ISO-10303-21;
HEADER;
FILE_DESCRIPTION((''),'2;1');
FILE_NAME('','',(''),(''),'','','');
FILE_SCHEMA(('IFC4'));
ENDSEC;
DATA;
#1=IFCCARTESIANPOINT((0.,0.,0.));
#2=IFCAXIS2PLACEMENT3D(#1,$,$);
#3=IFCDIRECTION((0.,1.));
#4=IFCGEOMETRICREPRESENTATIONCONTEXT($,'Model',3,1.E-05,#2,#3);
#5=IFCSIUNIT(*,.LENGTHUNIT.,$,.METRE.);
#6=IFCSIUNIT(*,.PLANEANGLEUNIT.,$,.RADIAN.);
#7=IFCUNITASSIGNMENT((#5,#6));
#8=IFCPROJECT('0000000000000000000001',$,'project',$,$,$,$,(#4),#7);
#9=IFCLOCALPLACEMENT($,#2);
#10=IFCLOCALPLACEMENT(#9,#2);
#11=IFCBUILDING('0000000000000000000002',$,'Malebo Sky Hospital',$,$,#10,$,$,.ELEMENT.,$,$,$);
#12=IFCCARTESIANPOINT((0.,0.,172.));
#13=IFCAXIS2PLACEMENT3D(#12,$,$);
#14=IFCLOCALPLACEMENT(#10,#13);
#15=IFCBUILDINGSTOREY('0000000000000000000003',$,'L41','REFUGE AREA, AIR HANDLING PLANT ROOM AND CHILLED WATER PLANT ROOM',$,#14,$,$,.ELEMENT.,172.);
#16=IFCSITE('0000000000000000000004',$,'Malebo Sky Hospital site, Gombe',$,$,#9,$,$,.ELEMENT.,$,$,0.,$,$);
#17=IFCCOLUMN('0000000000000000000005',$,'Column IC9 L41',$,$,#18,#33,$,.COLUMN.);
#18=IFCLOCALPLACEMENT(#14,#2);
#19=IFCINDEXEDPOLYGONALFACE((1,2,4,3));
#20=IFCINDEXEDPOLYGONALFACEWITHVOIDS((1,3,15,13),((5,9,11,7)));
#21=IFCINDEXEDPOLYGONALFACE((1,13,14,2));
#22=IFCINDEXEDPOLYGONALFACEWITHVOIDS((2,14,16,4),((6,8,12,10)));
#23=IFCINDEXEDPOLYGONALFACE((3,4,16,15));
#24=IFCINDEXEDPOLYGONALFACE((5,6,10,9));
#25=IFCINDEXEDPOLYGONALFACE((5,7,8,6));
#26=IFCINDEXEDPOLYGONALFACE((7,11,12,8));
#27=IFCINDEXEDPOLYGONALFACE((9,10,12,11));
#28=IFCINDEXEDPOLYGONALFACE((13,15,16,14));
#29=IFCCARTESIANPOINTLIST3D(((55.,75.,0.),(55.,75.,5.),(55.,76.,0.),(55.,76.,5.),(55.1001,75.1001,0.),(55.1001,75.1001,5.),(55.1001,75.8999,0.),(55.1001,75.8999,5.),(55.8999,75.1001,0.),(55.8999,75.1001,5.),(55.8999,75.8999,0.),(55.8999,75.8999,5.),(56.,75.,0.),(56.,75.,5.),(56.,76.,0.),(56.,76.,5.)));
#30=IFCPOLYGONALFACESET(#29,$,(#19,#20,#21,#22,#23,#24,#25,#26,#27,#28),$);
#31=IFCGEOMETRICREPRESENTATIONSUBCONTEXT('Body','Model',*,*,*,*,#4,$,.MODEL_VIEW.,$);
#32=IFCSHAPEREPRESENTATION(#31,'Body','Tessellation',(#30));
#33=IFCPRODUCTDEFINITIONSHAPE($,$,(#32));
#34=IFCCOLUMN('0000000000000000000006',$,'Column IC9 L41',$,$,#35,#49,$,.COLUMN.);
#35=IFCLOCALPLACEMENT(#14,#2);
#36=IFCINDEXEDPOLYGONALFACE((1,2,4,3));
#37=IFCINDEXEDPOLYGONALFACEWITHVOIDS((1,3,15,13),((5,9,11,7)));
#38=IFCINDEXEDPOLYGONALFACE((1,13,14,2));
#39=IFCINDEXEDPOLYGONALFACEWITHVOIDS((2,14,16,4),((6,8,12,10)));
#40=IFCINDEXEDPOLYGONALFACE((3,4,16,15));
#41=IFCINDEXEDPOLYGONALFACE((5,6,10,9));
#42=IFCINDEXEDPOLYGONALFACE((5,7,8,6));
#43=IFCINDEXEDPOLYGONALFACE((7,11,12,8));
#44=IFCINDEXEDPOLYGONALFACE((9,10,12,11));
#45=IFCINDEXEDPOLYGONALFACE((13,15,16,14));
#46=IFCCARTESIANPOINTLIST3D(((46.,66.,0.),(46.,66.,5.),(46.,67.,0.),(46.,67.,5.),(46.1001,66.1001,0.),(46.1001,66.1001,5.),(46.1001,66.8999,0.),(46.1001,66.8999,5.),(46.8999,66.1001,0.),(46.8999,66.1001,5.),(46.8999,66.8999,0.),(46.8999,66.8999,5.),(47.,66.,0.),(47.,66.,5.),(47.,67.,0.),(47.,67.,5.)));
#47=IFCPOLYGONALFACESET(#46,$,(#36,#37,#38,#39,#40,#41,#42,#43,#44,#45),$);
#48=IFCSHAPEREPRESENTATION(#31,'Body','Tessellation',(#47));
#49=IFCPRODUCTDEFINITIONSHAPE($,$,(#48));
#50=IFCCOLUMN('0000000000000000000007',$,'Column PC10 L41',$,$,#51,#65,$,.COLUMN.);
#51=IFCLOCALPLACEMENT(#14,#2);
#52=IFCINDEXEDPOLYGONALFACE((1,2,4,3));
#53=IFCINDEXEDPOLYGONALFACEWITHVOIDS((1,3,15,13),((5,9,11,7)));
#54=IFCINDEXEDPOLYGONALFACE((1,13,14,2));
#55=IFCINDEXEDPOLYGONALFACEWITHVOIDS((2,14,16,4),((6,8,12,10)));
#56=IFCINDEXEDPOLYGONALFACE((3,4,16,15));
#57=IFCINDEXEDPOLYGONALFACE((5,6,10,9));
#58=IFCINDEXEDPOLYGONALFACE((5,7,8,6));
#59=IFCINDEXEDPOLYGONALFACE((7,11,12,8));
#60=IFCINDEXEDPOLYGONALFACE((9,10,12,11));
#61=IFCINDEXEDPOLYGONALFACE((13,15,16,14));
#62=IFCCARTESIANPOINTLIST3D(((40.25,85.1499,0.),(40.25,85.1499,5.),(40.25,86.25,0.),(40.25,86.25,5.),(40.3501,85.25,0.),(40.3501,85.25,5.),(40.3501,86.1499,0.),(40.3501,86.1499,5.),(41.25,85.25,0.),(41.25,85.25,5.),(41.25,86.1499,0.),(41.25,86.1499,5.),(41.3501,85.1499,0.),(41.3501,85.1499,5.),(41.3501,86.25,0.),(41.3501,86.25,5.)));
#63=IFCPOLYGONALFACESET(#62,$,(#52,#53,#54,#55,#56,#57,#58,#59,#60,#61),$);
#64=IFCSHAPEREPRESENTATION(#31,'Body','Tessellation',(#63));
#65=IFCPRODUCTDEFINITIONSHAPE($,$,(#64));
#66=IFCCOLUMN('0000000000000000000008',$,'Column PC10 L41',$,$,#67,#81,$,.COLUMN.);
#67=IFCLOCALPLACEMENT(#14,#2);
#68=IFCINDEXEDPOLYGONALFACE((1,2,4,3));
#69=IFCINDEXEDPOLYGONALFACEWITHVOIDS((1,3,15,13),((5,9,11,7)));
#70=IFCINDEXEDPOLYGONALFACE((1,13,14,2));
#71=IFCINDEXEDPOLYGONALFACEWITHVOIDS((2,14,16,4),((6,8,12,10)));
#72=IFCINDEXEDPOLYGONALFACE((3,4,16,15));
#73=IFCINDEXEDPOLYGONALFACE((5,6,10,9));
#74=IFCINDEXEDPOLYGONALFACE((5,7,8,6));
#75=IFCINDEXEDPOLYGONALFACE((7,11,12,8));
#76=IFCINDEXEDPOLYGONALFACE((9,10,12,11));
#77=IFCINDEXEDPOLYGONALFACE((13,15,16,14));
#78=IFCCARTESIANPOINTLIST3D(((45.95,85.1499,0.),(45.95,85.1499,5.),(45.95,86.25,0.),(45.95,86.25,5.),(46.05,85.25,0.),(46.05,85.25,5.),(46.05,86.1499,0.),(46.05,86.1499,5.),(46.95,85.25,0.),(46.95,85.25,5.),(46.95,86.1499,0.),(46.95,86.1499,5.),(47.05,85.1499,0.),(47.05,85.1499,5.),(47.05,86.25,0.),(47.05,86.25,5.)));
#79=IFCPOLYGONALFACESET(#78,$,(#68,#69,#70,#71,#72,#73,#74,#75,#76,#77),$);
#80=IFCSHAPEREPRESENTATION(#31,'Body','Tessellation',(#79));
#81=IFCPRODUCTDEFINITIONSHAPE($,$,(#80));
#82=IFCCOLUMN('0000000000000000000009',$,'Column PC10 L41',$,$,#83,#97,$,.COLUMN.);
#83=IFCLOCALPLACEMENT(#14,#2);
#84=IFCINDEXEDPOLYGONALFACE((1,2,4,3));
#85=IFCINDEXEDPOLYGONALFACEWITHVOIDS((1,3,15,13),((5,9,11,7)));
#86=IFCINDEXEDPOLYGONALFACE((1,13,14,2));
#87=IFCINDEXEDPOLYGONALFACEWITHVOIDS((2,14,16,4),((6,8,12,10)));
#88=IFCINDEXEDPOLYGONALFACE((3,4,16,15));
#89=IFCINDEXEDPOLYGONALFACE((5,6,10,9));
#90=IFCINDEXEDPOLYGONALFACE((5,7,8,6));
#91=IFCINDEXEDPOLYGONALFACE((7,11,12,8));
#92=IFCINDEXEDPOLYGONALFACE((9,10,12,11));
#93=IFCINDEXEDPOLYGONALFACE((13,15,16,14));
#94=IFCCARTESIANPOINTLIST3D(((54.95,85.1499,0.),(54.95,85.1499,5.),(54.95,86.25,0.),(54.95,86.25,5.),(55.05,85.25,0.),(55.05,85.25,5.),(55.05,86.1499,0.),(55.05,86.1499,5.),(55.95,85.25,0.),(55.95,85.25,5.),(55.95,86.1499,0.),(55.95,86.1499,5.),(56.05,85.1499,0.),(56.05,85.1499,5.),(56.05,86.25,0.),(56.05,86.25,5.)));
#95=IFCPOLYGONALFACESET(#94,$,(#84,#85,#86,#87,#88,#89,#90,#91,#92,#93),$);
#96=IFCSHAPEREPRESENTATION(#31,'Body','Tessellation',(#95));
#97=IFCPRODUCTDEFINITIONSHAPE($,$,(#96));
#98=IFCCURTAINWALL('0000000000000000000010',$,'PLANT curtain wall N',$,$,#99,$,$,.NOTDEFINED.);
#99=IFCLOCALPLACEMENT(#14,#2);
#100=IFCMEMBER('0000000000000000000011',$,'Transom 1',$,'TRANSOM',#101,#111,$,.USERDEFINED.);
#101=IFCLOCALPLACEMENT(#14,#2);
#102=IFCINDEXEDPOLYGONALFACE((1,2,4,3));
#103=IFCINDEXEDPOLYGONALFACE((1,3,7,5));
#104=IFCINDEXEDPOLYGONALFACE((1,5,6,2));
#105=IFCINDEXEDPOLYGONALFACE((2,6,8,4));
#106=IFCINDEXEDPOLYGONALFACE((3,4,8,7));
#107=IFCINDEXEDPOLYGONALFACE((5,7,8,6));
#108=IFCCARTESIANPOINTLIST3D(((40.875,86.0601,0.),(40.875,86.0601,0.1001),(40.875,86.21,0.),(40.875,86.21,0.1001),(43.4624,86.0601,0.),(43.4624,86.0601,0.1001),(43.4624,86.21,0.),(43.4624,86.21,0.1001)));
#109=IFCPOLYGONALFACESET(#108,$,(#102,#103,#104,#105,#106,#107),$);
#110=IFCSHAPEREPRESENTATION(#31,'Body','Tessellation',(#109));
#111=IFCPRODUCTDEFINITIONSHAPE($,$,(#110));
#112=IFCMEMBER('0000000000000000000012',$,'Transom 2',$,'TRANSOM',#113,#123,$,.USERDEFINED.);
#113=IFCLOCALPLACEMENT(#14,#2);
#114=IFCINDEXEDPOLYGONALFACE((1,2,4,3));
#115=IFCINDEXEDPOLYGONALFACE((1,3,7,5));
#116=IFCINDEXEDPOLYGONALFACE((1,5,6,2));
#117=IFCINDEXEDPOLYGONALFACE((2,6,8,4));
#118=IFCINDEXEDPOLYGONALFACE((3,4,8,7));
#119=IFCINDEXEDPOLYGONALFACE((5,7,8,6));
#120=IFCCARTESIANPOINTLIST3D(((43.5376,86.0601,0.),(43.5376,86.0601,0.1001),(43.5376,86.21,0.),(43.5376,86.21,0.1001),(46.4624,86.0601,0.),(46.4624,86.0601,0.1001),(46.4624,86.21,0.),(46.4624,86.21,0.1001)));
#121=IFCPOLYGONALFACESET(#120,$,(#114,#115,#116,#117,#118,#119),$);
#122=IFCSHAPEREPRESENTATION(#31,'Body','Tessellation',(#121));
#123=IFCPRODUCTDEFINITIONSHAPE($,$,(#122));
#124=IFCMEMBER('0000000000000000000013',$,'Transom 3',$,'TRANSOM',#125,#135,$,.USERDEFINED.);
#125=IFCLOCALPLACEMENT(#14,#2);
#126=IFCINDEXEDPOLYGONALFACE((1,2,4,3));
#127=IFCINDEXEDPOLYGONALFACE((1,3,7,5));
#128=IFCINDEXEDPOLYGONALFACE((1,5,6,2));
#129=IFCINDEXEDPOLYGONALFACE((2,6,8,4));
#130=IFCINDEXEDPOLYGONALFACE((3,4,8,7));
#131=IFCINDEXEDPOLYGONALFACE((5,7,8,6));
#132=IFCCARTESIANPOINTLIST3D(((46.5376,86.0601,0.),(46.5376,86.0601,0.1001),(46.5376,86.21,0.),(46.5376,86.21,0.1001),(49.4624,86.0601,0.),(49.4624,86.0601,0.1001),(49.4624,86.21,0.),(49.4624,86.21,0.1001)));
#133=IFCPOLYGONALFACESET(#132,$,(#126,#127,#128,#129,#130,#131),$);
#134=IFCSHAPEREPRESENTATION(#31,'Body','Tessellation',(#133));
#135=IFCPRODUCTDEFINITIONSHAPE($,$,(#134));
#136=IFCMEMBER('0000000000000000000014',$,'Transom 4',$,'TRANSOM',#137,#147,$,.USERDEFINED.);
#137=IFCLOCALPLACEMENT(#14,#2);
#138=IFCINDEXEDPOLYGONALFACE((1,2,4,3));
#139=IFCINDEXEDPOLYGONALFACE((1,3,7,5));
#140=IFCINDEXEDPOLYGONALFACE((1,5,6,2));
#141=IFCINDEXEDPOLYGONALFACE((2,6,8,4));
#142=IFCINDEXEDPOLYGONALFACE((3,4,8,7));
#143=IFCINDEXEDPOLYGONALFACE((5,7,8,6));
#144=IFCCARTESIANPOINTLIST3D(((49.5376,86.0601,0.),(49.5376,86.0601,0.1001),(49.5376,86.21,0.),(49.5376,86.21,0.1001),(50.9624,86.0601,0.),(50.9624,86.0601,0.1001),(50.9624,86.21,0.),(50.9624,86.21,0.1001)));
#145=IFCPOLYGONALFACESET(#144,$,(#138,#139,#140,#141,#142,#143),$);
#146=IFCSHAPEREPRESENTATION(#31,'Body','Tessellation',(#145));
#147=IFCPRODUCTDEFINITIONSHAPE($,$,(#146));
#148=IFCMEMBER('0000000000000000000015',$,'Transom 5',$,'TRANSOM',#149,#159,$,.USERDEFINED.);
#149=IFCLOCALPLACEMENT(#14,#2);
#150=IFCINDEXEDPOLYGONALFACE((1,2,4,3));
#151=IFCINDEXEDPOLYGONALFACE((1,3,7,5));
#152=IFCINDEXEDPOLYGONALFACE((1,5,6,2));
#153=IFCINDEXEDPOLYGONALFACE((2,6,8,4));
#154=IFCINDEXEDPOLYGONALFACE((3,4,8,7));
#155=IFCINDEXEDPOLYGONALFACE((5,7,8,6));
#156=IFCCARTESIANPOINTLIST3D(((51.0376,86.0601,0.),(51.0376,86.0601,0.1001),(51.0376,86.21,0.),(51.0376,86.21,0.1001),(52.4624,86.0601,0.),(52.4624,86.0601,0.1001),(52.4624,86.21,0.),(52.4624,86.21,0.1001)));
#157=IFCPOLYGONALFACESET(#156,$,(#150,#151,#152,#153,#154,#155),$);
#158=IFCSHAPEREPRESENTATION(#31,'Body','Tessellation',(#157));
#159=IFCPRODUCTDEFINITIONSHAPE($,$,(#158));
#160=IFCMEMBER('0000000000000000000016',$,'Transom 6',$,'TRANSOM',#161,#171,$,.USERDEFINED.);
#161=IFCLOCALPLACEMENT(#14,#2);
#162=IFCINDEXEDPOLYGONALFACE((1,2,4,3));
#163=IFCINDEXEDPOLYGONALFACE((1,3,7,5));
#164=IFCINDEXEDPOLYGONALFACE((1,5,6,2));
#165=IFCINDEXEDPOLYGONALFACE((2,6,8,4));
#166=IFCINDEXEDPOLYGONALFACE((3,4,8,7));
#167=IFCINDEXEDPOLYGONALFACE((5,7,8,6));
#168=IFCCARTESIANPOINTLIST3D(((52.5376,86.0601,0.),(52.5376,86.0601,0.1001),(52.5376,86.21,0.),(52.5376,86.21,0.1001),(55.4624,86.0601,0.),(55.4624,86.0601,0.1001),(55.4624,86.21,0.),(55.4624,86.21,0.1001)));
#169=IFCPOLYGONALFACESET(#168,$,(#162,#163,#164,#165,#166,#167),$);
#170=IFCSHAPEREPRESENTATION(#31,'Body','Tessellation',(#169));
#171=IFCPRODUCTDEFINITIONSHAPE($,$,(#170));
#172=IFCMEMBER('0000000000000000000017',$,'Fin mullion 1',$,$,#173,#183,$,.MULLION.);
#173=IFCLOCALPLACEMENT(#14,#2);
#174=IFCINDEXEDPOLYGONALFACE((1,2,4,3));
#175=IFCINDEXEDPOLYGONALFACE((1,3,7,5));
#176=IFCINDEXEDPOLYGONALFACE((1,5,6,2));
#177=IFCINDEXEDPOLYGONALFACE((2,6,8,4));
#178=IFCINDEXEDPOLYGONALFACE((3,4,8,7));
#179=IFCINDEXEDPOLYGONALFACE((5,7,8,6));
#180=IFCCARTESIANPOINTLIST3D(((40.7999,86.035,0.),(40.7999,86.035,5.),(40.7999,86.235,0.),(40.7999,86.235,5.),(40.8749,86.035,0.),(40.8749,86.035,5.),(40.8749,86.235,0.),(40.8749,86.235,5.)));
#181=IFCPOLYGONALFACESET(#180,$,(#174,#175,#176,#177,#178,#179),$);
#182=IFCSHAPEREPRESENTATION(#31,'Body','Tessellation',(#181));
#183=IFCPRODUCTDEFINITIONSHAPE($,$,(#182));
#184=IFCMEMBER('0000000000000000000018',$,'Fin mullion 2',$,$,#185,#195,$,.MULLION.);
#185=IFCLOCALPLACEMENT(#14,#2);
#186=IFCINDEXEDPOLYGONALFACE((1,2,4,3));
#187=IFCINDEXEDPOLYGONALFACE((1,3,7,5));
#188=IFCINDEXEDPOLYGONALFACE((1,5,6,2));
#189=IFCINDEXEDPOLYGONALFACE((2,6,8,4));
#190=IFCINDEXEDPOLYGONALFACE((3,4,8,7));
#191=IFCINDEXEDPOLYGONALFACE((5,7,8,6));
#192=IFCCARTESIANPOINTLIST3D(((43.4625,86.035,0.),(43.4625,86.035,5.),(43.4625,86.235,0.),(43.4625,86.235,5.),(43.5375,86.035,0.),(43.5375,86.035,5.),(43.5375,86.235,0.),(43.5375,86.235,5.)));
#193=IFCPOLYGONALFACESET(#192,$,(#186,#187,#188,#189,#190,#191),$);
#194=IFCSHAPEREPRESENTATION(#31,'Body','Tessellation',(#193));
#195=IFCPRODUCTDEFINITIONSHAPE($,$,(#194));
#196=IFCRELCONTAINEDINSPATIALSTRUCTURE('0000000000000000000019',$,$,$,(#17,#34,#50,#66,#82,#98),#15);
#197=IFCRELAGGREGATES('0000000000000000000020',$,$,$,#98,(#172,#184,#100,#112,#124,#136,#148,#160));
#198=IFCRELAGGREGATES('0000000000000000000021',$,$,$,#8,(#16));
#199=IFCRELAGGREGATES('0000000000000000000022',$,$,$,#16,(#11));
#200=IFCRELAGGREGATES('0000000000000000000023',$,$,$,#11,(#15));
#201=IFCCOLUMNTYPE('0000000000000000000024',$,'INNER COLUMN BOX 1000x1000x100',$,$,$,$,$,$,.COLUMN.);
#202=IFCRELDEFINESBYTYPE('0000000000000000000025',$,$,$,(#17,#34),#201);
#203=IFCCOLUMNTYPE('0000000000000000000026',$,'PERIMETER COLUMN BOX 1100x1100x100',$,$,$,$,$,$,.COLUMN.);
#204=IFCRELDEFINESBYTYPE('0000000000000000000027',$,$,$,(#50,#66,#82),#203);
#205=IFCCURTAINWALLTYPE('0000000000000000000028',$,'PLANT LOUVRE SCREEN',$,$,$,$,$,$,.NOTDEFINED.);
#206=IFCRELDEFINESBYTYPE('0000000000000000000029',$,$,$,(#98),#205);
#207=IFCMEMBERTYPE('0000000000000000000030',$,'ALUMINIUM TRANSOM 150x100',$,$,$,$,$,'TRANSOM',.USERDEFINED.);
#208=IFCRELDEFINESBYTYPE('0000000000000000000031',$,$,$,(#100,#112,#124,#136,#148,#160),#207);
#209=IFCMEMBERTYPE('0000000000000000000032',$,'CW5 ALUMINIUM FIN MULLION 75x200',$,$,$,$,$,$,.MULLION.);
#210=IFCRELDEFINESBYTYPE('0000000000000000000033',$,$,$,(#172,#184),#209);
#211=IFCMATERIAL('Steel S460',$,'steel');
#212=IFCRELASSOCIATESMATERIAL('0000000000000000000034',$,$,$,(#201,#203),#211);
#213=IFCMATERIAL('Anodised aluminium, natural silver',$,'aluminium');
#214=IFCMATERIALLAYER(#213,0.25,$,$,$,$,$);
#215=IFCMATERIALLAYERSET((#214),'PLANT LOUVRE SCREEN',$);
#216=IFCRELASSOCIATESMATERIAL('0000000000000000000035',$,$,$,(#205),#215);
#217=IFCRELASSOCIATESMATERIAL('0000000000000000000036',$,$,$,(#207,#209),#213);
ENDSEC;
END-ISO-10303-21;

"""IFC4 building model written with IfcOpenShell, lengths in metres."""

from ifc_helpers import new_model, si_unit, direction, frame, origin, origin_2d, place, context, subcontext, project, spatial, rectangle, hollow_rectangle, extrude, material, layer, layer_set, material_profile, profile_set, type_object, element, aggregate, save


model = new_model("IFC4")

# Units and contexts
model_context = context("Model", 3, precision=1e-05, world=origin(), true_north=direction((0.0, 1.0)))
body_context = subcontext(model_context, "Body", "Model", "MODEL_VIEW")
ifc_project = project(units=[si_unit("LENGTHUNIT", "METRE"), si_unit("PLANEANGLEUNIT", "RADIAN")], contexts=[model_context])

# Site, building, storey
site_placement = place(None, origin())
site = spatial("IfcSite", under=ifc_project, at=site_placement, Name="Malebo Sky Hospital site, Gombe", CompositionType="ELEMENT", RefElevation=0.0)
building_placement = place(site_placement, origin())
building = spatial("IfcBuilding", under=site, at=building_placement, Name="Malebo Sky Hospital", CompositionType="ELEMENT")
storey_placement = place(building_placement, frame((0.0, 0.0, 172.0)))
storey = spatial("IfcBuildingStorey", under=building, at=storey_placement, Name="L41", Description="REFUGE AREA, AIR HANDLING PLANT ROOM AND CHILLED WATER PLANT ROOM", CompositionType="ELEMENT", Elevation=172.0)

# Columns
ifc_material_1 = material(Name="Steel S460", Category="steel")
ifc_material_profile_1 = material_profile(ifc_material_1, hollow_rectangle(XDim=1.0, YDim=1.0, WallThickness=0.1001, at=origin_2d()), Name="BOX 1000x1000x100")
ifc_profile_set_1 = profile_set([ifc_material_profile_1], Name="Steel S460")
column_type_1 = type_object("IfcColumnType", Name="INNER COLUMN BOX 1000x1000x100", PredefinedType="COLUMN", material=ifc_profile_set_1)
for number, where, z_axis, x_axis, name in (
    (1, (55.5, 75.5, 0.0), (0.0, 0.0, 1.0), (1.0, 0.0, 0.0), "Column IC9 L41"),
    (2, (46.5, 66.5, 0.0), (0.0, 0.0, 1.0), (1.0, 0.0, 0.0), "Column IC9 L41"),
):
    element("IfcColumn", number, at=place(storey_placement, frame(where, z_axis=z_axis, x_axis=x_axis)), inside=storey, type_object=column_type_1, Name=name, PredefinedType="COLUMN", context=body_context, shape_type="SweptSolid", body=[
        extrude(hollow_rectangle(XDim=1.0, YDim=1.0, WallThickness=0.1001, at=origin_2d()), origin(), (0.0, 0.0, 1.0), 5.0),
    ])
ifc_material_profile_2 = material_profile(ifc_material_1, hollow_rectangle(XDim=1.1001, YDim=1.1001, WallThickness=0.1001, at=origin_2d()), Name="BOX 1100x1100x100")
ifc_profile_set_2 = profile_set([ifc_material_profile_2], Name="Steel S460")
column_type_2 = type_object("IfcColumnType", Name="PERIMETER COLUMN BOX 1100x1100x100", PredefinedType="COLUMN", material=ifc_profile_set_2)
for number, where, z_axis, x_axis, name in (
    (3, (40.8, 85.7, 0.0), (0.0, 0.0, 1.0), (1.0, 0.0, 0.0), "Column PC10 L41"),
    (4, (46.5, 85.7, 0.0), (0.0, 0.0, 1.0), (1.0, 0.0, 0.0), "Column PC10 L41"),
    (5, (55.5, 85.7, 0.0), (0.0, 0.0, 1.0), (1.0, 0.0, 0.0), "Column PC10 L41"),
):
    element("IfcColumn", number, at=place(storey_placement, frame(where, z_axis=z_axis, x_axis=x_axis)), inside=storey, type_object=column_type_2, Name=name, PredefinedType="COLUMN", context=body_context, shape_type="SweptSolid", body=[
        extrude(hollow_rectangle(XDim=1.1001, YDim=1.1001, WallThickness=0.1001, at=origin_2d()), origin(), (0.0, 0.0, 1.0), 5.0),
    ])

# Curtain wall, members
ifc_material_2 = material(Name="Anodised aluminium, natural silver", Category="aluminium")
ifc_layer_1 = layer(ifc_material_2, 0.25)
ifc_layer_set_1 = layer_set([ifc_layer_1], Name="PLANT LOUVRE SCREEN")
curtain_wall_type = type_object("IfcCurtainWallType", Name="PLANT LOUVRE SCREEN", PredefinedType="NOTDEFINED", material=ifc_layer_set_1)
curtain_wall_placement = place(storey_placement, origin())
curtain_wall = element("IfcCurtainWall", 6, at=curtain_wall_placement, inside=storey, type_object=curtain_wall_type, Name="PLANT curtain wall N", PredefinedType="NOTDEFINED")
ifc_material_profile_3 = material_profile(ifc_material_2, rectangle(XDim=0.1499, YDim=0.1001, at=origin_2d()), Name="ALUMINIUM TRANSOM 150x100")
ifc_profile_set_3 = profile_set([ifc_material_profile_3], Name="Anodised aluminium, natural silver")
member_type_1 = type_object("IfcMemberType", Name="ALUMINIUM TRANSOM 150x100", ElementType="TRANSOM", PredefinedType="USERDEFINED", material=ifc_profile_set_3)
member_1_placement = place(storey_placement, frame((40.875, 86.135, 0.05), z_axis=(1.0, 0.0, 0.0), x_axis=(0.0, 1.0, 0.0)))
member_1 = element("IfcMember", 7, at=member_1_placement, type_object=member_type_1, Name="Transom 1", ObjectType="TRANSOM", PredefinedType="USERDEFINED", context=body_context, shape_type="SweptSolid", body=[
    extrude(rectangle(XDim=0.1499, YDim=0.1001, at=origin_2d()), origin(), (0.0, 0.0, 1.0), 2.5874),
])
member_2_placement = place(storey_placement, frame((43.5376, 86.135, 0.05), z_axis=(1.0, 0.0, 0.0), x_axis=(0.0, 1.0, 0.0)))
member_2 = element("IfcMember", 8, at=member_2_placement, type_object=member_type_1, Name="Transom 2", ObjectType="TRANSOM", PredefinedType="USERDEFINED", context=body_context, shape_type="SweptSolid", body=[
    extrude(rectangle(XDim=0.1499, YDim=0.1001, at=origin_2d()), origin(), (0.0, 0.0, 1.0), 2.9248),
])
member_3_placement = place(storey_placement, frame((46.5376, 86.135, 0.05), z_axis=(1.0, 0.0, 0.0), x_axis=(0.0, 1.0, 0.0)))
member_3 = element("IfcMember", 9, at=member_3_placement, type_object=member_type_1, Name="Transom 3", ObjectType="TRANSOM", PredefinedType="USERDEFINED", context=body_context, shape_type="SweptSolid", body=[
    extrude(rectangle(XDim=0.1499, YDim=0.1001, at=origin_2d()), origin(), (0.0, 0.0, 1.0), 2.9248),
])
member_4_placement = place(storey_placement, frame((49.5376, 86.135, 0.05), z_axis=(1.0, 0.0, 0.0), x_axis=(0.0, 1.0, 0.0)))
member_4 = element("IfcMember", 10, at=member_4_placement, type_object=member_type_1, Name="Transom 4", ObjectType="TRANSOM", PredefinedType="USERDEFINED", context=body_context, shape_type="SweptSolid", body=[
    extrude(rectangle(XDim=0.1499, YDim=0.1001, at=origin_2d()), origin(), (0.0, 0.0, 1.0), 1.4248),
])
member_5_placement = place(storey_placement, frame((51.0376, 86.135, 0.05), z_axis=(1.0, 0.0, 0.0), x_axis=(0.0, 1.0, 0.0)))
member_5 = element("IfcMember", 11, at=member_5_placement, type_object=member_type_1, Name="Transom 5", ObjectType="TRANSOM", PredefinedType="USERDEFINED", context=body_context, shape_type="SweptSolid", body=[
    extrude(rectangle(XDim=0.1499, YDim=0.1001, at=origin_2d()), origin(), (0.0, 0.0, 1.0), 1.4248),
])
member_6_placement = place(storey_placement, frame((52.5376, 86.135, 0.05), z_axis=(1.0, 0.0, 0.0), x_axis=(0.0, 1.0, 0.0)))
member_6 = element("IfcMember", 12, at=member_6_placement, type_object=member_type_1, Name="Transom 6", ObjectType="TRANSOM", PredefinedType="USERDEFINED", context=body_context, shape_type="SweptSolid", body=[
    extrude(rectangle(XDim=0.1499, YDim=0.1001, at=origin_2d()), origin(), (0.0, 0.0, 1.0), 2.9248),
])
ifc_material_profile_4 = material_profile(ifc_material_2, rectangle(XDim=0.075, YDim=0.2, at=origin_2d()), Name="CW5 ALUMINIUM FIN MULLION 75x200")
ifc_profile_set_4 = profile_set([ifc_material_profile_4], Name="Anodised aluminium, natural silver")
member_type_2 = type_object("IfcMemberType", Name="CW5 ALUMINIUM FIN MULLION 75x200", PredefinedType="MULLION", material=ifc_profile_set_4)
member_7_placement = place(storey_placement, frame((40.8374, 86.135, 0.0), z_axis=(0.0, 0.0, 1.0), x_axis=(1.0, 0.0, 0.0)))
member_7 = element("IfcMember", 13, at=member_7_placement, type_object=member_type_2, Name="Fin mullion 1", PredefinedType="MULLION", context=body_context, shape_type="SweptSolid", body=[
    extrude(rectangle(XDim=0.075, YDim=0.2, at=origin_2d()), origin(), (0.0, 0.0, 1.0), 5.0),
])
member_8_placement = place(storey_placement, frame((43.5, 86.135, 0.0), z_axis=(0.0, 0.0, 1.0), x_axis=(1.0, 0.0, 0.0)))
member_8 = element("IfcMember", 14, at=member_8_placement, type_object=member_type_2, Name="Fin mullion 2", PredefinedType="MULLION", context=body_context, shape_type="SweptSolid", body=[
    extrude(rectangle(XDim=0.075, YDim=0.2, at=origin_2d()), origin(), (0.0, 0.0, 1.0), 5.0),
])
aggregate(curtain_wall, [member_7, member_8, member_1, member_2, member_3, member_4, member_5, member_6])

save(model, "model.ifc")
